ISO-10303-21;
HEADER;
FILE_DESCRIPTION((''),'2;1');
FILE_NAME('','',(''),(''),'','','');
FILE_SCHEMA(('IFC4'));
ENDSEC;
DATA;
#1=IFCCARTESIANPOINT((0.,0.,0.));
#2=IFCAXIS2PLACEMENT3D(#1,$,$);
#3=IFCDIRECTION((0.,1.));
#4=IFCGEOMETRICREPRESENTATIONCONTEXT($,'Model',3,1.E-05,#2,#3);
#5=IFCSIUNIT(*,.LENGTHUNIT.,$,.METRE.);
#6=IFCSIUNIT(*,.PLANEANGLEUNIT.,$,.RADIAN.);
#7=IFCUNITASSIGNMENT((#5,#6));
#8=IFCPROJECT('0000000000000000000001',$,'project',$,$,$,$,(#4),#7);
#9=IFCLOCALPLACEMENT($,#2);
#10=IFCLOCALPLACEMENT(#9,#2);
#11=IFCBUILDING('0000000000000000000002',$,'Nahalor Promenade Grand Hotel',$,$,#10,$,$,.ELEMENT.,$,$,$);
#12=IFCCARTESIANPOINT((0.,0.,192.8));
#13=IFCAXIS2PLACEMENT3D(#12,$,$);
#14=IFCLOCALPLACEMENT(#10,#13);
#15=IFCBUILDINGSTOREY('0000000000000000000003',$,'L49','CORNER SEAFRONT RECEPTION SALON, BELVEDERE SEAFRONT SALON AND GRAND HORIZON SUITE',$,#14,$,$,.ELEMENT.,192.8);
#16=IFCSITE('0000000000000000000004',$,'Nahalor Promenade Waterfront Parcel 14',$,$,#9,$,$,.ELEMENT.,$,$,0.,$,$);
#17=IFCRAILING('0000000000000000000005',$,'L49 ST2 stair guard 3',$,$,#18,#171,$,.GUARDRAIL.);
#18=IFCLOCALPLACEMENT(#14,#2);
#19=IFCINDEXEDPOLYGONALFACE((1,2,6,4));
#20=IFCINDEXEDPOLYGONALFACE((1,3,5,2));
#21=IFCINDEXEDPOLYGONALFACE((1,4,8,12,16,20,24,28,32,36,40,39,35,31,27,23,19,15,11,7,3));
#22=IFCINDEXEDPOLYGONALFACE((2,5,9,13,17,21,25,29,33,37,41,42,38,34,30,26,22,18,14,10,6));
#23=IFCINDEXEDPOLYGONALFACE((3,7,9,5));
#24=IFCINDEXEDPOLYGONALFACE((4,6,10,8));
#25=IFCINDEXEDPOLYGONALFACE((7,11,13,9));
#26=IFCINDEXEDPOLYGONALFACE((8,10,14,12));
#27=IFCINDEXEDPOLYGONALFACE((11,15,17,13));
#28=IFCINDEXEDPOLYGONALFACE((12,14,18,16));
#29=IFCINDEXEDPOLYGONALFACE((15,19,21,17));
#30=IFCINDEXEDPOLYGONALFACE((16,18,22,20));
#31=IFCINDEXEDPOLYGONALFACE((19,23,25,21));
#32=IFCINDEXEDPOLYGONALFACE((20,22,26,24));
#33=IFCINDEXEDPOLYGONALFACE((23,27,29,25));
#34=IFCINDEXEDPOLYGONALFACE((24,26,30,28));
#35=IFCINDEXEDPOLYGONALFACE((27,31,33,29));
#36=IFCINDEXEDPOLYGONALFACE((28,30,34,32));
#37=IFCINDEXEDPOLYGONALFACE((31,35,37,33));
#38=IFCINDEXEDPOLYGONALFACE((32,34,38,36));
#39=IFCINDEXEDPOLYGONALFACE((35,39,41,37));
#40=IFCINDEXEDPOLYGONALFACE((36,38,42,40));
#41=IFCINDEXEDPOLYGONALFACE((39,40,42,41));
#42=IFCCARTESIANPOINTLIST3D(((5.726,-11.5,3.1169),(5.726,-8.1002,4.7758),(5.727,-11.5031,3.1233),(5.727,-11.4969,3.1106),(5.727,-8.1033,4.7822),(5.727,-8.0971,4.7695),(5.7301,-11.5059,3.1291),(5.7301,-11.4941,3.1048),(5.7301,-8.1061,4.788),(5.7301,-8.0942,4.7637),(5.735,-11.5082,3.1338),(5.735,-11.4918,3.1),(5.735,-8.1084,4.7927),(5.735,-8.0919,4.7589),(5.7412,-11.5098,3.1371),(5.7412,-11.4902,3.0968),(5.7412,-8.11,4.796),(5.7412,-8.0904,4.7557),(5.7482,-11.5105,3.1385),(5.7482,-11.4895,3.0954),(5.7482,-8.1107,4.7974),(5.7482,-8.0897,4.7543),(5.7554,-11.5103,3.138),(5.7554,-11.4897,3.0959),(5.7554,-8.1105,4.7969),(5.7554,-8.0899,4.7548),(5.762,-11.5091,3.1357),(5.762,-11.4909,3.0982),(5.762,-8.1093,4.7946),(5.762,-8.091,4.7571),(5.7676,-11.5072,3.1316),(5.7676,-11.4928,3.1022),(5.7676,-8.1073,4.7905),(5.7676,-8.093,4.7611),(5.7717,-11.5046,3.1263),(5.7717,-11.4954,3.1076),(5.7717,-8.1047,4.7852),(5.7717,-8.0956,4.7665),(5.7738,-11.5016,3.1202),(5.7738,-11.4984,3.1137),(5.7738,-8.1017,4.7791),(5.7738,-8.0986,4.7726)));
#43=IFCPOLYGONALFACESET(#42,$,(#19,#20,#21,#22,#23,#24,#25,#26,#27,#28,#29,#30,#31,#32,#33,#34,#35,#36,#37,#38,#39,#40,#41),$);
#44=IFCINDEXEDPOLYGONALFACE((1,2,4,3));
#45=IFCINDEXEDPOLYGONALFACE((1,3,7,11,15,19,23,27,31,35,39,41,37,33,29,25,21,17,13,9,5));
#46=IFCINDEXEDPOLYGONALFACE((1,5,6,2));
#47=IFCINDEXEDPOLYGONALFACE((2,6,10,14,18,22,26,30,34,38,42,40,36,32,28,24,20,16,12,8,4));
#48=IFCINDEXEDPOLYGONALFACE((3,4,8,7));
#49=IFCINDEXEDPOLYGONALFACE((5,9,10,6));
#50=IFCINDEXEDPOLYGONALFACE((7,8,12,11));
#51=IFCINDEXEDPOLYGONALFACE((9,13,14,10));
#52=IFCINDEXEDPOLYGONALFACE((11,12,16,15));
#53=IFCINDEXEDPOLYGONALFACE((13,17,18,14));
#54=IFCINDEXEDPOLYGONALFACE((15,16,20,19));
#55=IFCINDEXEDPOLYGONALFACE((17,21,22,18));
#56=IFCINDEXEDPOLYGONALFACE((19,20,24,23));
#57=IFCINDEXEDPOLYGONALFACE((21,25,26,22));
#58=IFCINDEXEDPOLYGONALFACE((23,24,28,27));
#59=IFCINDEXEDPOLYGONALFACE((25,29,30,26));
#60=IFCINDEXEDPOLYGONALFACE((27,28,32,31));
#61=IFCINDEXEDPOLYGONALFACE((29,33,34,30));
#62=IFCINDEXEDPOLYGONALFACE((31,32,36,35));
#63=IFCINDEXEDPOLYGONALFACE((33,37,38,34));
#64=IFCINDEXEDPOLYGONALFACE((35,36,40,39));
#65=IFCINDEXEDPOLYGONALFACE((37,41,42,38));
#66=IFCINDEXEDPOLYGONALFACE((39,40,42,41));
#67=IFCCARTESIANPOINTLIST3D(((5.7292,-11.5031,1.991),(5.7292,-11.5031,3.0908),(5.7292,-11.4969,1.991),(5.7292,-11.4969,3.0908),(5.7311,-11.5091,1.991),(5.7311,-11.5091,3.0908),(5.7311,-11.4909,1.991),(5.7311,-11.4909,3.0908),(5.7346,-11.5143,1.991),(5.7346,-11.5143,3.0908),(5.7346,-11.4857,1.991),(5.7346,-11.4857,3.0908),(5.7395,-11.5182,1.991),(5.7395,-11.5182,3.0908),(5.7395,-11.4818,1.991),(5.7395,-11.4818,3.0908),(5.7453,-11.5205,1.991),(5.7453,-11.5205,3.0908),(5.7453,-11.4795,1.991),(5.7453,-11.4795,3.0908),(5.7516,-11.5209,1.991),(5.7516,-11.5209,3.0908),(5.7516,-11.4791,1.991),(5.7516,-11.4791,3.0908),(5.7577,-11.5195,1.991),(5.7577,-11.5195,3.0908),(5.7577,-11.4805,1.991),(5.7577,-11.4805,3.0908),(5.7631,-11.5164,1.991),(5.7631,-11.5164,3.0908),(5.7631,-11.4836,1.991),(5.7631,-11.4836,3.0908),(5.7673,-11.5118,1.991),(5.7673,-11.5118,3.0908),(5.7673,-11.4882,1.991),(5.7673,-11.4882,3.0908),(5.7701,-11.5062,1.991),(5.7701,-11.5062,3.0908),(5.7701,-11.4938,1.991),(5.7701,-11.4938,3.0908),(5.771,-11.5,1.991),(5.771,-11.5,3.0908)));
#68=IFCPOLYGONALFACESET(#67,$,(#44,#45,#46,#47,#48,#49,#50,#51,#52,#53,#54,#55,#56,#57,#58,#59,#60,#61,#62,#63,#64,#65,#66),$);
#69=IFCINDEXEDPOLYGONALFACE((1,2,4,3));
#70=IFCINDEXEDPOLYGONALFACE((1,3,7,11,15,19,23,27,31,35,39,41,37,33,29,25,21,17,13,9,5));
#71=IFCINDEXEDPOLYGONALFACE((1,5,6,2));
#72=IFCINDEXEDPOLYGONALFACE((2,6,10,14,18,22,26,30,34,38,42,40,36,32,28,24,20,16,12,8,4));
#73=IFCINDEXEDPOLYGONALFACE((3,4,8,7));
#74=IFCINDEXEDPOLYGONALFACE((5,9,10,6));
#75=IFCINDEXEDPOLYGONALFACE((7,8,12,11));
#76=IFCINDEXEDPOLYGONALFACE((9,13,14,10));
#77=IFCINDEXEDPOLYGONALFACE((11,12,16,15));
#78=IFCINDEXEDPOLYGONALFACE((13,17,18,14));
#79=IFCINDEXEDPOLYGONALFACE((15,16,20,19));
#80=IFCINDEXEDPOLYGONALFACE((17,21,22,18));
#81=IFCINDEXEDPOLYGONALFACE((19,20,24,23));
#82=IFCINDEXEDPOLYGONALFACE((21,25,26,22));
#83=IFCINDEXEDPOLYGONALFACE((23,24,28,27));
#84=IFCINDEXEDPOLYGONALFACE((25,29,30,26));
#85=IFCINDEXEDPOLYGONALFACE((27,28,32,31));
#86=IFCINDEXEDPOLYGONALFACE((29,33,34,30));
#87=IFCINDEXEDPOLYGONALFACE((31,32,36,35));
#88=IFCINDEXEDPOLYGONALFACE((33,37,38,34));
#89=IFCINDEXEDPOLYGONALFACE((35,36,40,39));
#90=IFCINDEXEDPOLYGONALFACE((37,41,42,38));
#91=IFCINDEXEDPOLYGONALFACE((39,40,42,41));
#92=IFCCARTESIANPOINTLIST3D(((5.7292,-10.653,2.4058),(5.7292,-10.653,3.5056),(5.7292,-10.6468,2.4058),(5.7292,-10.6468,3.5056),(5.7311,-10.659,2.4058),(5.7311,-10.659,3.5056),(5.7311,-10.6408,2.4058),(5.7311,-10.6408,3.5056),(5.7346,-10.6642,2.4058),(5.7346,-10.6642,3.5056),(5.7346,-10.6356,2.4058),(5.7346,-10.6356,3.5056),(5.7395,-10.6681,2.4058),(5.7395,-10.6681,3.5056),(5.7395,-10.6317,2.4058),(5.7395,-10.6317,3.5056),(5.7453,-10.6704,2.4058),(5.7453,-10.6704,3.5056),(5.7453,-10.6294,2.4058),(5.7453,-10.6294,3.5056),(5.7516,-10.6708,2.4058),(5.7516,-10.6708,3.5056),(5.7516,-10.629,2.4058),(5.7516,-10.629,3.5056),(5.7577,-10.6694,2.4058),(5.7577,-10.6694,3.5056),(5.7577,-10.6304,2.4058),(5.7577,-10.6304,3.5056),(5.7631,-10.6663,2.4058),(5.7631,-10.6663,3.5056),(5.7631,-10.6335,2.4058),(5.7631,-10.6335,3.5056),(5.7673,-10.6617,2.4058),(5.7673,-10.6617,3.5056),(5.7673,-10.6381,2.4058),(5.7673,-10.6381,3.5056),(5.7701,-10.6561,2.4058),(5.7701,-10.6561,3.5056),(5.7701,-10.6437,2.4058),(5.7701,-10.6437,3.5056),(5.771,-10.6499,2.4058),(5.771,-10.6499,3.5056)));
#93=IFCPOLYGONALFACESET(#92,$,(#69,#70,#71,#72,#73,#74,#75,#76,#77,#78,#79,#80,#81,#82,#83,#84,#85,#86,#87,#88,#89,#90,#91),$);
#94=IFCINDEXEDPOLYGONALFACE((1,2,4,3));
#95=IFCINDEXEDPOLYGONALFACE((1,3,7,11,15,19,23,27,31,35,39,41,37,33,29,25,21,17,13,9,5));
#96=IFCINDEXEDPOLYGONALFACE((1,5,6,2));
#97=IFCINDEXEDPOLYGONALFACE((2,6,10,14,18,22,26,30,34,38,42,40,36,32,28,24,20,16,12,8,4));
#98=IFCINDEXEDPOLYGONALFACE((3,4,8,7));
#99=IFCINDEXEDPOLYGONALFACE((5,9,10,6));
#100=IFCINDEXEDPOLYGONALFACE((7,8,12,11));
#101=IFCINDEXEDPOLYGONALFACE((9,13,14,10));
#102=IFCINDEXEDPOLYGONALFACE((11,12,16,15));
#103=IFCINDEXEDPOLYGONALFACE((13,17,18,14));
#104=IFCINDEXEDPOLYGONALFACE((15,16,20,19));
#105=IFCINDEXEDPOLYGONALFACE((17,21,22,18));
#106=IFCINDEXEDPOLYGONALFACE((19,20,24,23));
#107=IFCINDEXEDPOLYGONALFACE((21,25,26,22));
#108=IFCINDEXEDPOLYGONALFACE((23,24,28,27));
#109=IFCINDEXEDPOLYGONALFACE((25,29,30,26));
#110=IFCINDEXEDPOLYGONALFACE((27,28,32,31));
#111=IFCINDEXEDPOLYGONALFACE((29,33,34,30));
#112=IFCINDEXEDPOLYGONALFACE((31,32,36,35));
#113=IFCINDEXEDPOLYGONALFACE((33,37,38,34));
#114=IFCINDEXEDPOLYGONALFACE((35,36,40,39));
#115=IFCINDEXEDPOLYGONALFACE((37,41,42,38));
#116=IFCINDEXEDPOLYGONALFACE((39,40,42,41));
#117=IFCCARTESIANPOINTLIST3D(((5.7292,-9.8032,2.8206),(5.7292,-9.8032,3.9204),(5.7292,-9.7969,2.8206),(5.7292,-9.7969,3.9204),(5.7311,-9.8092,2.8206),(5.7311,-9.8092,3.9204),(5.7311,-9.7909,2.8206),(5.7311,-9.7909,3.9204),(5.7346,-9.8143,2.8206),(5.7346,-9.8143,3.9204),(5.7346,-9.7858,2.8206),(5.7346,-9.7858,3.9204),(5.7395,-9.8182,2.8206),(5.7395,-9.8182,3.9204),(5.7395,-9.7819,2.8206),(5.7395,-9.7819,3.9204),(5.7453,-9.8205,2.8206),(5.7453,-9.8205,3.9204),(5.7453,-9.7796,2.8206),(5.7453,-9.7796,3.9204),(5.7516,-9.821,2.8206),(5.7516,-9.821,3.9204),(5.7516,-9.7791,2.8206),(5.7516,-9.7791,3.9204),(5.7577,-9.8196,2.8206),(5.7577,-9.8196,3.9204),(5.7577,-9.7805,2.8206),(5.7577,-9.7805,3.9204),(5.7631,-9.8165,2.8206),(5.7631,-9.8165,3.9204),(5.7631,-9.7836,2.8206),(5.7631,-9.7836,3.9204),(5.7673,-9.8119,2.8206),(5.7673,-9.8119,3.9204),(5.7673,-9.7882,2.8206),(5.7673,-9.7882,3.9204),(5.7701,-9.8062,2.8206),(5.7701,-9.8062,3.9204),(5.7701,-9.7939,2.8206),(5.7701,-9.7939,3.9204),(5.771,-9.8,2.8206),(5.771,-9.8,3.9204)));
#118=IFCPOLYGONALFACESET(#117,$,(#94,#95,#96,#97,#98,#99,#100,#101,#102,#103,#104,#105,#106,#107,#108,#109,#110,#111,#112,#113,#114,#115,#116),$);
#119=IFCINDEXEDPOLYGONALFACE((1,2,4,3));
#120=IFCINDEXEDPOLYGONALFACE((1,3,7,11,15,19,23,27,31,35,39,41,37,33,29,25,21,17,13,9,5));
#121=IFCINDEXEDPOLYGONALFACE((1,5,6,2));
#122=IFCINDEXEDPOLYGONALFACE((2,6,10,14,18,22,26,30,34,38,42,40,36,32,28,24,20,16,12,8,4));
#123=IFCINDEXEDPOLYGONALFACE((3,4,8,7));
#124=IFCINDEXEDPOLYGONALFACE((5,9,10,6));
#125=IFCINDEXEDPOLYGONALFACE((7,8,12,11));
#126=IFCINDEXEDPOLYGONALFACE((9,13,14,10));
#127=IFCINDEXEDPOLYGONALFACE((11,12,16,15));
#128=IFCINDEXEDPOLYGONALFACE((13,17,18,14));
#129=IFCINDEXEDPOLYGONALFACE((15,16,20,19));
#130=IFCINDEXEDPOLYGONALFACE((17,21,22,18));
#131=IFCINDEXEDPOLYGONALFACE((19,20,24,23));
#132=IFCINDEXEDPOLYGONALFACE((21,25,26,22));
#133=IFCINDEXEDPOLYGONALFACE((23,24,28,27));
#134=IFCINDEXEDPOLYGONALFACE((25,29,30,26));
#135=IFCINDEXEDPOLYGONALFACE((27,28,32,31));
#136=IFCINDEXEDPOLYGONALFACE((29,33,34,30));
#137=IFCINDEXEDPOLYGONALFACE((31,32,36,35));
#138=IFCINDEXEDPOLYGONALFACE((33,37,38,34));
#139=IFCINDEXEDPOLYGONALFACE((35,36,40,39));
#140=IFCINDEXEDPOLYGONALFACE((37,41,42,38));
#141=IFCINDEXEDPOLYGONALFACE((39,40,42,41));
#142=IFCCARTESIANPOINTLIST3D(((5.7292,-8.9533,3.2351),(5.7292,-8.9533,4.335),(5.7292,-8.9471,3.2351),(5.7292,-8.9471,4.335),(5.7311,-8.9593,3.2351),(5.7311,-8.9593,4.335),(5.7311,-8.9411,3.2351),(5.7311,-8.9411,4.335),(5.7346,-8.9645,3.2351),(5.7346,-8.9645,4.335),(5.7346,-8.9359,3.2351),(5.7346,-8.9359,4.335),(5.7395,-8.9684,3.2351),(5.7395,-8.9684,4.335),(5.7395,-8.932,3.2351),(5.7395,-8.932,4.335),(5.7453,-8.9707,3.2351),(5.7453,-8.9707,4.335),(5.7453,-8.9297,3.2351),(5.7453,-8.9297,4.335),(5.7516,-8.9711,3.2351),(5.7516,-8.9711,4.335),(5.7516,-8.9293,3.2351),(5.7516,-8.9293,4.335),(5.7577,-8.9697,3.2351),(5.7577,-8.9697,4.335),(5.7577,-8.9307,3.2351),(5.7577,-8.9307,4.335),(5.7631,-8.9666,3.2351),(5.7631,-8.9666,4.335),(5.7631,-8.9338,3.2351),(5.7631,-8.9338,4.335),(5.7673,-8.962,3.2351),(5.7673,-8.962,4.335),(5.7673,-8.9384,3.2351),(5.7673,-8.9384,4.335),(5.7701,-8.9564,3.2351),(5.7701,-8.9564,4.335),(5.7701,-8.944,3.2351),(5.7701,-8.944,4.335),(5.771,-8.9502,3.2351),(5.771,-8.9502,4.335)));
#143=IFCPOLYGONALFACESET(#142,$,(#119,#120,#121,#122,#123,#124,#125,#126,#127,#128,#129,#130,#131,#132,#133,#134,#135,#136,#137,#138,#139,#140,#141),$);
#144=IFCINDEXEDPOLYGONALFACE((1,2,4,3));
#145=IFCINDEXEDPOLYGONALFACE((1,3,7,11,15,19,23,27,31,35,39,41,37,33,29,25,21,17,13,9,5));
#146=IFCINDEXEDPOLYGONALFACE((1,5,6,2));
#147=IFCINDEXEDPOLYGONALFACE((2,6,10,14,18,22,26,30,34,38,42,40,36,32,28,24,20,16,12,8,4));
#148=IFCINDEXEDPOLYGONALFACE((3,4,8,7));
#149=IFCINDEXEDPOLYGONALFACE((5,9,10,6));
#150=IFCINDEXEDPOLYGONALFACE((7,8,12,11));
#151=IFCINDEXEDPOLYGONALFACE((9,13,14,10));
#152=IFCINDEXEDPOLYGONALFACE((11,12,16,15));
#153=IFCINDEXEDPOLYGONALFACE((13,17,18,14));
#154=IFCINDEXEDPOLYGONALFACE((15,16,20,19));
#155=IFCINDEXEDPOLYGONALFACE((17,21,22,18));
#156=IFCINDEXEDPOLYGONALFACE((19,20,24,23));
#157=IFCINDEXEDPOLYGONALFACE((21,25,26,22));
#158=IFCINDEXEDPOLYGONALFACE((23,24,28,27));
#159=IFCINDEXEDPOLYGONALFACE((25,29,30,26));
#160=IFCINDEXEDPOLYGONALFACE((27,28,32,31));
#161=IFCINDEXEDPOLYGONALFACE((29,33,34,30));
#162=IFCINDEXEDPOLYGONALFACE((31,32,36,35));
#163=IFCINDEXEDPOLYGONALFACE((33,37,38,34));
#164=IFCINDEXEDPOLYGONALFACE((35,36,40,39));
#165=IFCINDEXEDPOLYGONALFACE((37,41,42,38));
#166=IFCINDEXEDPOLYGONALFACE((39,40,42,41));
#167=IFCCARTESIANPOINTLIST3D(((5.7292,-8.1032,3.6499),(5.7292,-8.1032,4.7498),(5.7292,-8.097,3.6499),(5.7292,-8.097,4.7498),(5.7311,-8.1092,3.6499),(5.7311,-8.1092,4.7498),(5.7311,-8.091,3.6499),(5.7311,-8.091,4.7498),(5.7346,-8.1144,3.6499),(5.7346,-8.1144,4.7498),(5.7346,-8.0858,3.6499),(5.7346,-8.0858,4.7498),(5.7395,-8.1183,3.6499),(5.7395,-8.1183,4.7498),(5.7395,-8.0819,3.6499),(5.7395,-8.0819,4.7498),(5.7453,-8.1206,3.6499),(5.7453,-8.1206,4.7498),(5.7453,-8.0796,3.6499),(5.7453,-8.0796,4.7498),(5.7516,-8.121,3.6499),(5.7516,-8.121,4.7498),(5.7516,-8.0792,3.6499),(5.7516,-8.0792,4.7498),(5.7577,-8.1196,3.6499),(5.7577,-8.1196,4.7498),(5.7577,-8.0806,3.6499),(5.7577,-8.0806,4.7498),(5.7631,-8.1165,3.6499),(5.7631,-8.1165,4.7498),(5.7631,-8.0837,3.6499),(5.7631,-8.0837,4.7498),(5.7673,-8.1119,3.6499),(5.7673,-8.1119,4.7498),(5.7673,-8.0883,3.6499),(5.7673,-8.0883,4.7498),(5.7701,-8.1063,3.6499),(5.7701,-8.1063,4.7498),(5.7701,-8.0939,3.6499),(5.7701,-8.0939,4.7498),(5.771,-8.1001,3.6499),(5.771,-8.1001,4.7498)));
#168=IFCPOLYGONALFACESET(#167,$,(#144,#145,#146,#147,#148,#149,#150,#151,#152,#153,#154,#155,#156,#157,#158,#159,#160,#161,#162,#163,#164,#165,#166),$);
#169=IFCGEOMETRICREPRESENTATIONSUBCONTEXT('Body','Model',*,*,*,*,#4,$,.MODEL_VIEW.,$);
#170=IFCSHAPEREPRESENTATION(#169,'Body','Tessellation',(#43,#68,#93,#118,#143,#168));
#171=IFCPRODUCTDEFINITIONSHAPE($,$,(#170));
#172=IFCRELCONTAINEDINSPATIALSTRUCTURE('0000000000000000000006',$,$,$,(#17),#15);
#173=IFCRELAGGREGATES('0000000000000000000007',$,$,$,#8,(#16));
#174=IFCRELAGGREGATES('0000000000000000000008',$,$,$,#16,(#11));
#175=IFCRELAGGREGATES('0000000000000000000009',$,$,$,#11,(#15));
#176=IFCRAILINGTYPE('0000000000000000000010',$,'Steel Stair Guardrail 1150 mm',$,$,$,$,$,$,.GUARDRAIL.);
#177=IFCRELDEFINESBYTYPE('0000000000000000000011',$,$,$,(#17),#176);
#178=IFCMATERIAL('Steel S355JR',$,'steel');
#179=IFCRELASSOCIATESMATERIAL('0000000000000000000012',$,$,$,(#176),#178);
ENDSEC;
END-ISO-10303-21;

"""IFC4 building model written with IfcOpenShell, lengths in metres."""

from ifc_helpers import new_model, si_unit, direction, frame, origin, origin_2d, place, context, subcontext, project, spatial, circle, extrude, material, type_object, element, save


model = new_model("IFC4")

# Units and contexts
model_context = context("Model", 3, precision=1e-05, world=origin(), true_north=direction((0.0, 1.0)))
body_context = subcontext(model_context, "Body", "Model", "MODEL_VIEW")
ifc_project = project(units=[si_unit("LENGTHUNIT", "METRE"), si_unit("PLANEANGLEUNIT", "RADIAN")], contexts=[model_context])

# Site, building, storey
site_placement = place(None, origin())
site = spatial("IfcSite", under=ifc_project, at=site_placement, Name="Nahalor Promenade Waterfront Parcel 14", CompositionType="ELEMENT", RefElevation=0.0)
building_placement = place(site_placement, origin())
building = spatial("IfcBuilding", under=site, at=building_placement, Name="Nahalor Promenade Grand Hotel", CompositionType="ELEMENT")
storey_placement = place(building_placement, frame((0.0, 0.0, 192.8)))
storey = spatial("IfcBuildingStorey", under=building, at=storey_placement, Name="L49", Description="CORNER SEAFRONT RECEPTION SALON, BELVEDERE SEAFRONT SALON AND GRAND HORIZON SUITE", CompositionType="ELEMENT", Elevation=192.8)

# Shared definitions
ifc_material_1 = material(Name="Steel S355JR", Category="steel")

# Railing
railing_type_1 = type_object("IfcRailingType", Name="Steel Stair Guardrail 1150 mm", PredefinedType="GUARDRAIL", material=ifc_material_1)
railing_1_placement = place(storey_placement, frame((5.75, -11.5, 1.991)))
element("IfcRailing", 1, at=railing_1_placement, inside=storey, type_object=railing_type_1, Name="L49 ST2 stair guard 3", PredefinedType="GUARDRAIL", context=body_context, shape_type="SweptSolid", body=[
    extrude(circle(Radius=0.024, at=origin_2d()), frame((0.0, 0.0, 1.126), z_axis=(0.0, 0.898722, 0.438519), x_axis=(-1.0, 0.0, 0.0)), (0.0, 0.0, 1.0), 3.783),
    extrude(circle(Radius=0.021, at=origin_2d()), origin(), (0.0, 0.0, 1.0), 1.0999),
    extrude(circle(Radius=0.021, at=origin_2d()), frame((0.0, 0.8501, 0.4148)), (0.0, 0.0, 1.0), 1.0999),
    extrude(circle(Radius=0.021, at=origin_2d()), frame((0.0, 1.7, 0.8296)), (0.0, 0.0, 1.0), 1.0999),
    extrude(circle(Radius=0.021, at=origin_2d()), frame((0.0, 2.5498, 1.2441)), (0.0, 0.0, 1.0), 1.0999),
    extrude(circle(Radius=0.021, at=origin_2d()), frame((0.0, 3.3999, 1.6589)), (0.0, 0.0, 1.0), 1.0999),
])

save(model, "model.ifc")
